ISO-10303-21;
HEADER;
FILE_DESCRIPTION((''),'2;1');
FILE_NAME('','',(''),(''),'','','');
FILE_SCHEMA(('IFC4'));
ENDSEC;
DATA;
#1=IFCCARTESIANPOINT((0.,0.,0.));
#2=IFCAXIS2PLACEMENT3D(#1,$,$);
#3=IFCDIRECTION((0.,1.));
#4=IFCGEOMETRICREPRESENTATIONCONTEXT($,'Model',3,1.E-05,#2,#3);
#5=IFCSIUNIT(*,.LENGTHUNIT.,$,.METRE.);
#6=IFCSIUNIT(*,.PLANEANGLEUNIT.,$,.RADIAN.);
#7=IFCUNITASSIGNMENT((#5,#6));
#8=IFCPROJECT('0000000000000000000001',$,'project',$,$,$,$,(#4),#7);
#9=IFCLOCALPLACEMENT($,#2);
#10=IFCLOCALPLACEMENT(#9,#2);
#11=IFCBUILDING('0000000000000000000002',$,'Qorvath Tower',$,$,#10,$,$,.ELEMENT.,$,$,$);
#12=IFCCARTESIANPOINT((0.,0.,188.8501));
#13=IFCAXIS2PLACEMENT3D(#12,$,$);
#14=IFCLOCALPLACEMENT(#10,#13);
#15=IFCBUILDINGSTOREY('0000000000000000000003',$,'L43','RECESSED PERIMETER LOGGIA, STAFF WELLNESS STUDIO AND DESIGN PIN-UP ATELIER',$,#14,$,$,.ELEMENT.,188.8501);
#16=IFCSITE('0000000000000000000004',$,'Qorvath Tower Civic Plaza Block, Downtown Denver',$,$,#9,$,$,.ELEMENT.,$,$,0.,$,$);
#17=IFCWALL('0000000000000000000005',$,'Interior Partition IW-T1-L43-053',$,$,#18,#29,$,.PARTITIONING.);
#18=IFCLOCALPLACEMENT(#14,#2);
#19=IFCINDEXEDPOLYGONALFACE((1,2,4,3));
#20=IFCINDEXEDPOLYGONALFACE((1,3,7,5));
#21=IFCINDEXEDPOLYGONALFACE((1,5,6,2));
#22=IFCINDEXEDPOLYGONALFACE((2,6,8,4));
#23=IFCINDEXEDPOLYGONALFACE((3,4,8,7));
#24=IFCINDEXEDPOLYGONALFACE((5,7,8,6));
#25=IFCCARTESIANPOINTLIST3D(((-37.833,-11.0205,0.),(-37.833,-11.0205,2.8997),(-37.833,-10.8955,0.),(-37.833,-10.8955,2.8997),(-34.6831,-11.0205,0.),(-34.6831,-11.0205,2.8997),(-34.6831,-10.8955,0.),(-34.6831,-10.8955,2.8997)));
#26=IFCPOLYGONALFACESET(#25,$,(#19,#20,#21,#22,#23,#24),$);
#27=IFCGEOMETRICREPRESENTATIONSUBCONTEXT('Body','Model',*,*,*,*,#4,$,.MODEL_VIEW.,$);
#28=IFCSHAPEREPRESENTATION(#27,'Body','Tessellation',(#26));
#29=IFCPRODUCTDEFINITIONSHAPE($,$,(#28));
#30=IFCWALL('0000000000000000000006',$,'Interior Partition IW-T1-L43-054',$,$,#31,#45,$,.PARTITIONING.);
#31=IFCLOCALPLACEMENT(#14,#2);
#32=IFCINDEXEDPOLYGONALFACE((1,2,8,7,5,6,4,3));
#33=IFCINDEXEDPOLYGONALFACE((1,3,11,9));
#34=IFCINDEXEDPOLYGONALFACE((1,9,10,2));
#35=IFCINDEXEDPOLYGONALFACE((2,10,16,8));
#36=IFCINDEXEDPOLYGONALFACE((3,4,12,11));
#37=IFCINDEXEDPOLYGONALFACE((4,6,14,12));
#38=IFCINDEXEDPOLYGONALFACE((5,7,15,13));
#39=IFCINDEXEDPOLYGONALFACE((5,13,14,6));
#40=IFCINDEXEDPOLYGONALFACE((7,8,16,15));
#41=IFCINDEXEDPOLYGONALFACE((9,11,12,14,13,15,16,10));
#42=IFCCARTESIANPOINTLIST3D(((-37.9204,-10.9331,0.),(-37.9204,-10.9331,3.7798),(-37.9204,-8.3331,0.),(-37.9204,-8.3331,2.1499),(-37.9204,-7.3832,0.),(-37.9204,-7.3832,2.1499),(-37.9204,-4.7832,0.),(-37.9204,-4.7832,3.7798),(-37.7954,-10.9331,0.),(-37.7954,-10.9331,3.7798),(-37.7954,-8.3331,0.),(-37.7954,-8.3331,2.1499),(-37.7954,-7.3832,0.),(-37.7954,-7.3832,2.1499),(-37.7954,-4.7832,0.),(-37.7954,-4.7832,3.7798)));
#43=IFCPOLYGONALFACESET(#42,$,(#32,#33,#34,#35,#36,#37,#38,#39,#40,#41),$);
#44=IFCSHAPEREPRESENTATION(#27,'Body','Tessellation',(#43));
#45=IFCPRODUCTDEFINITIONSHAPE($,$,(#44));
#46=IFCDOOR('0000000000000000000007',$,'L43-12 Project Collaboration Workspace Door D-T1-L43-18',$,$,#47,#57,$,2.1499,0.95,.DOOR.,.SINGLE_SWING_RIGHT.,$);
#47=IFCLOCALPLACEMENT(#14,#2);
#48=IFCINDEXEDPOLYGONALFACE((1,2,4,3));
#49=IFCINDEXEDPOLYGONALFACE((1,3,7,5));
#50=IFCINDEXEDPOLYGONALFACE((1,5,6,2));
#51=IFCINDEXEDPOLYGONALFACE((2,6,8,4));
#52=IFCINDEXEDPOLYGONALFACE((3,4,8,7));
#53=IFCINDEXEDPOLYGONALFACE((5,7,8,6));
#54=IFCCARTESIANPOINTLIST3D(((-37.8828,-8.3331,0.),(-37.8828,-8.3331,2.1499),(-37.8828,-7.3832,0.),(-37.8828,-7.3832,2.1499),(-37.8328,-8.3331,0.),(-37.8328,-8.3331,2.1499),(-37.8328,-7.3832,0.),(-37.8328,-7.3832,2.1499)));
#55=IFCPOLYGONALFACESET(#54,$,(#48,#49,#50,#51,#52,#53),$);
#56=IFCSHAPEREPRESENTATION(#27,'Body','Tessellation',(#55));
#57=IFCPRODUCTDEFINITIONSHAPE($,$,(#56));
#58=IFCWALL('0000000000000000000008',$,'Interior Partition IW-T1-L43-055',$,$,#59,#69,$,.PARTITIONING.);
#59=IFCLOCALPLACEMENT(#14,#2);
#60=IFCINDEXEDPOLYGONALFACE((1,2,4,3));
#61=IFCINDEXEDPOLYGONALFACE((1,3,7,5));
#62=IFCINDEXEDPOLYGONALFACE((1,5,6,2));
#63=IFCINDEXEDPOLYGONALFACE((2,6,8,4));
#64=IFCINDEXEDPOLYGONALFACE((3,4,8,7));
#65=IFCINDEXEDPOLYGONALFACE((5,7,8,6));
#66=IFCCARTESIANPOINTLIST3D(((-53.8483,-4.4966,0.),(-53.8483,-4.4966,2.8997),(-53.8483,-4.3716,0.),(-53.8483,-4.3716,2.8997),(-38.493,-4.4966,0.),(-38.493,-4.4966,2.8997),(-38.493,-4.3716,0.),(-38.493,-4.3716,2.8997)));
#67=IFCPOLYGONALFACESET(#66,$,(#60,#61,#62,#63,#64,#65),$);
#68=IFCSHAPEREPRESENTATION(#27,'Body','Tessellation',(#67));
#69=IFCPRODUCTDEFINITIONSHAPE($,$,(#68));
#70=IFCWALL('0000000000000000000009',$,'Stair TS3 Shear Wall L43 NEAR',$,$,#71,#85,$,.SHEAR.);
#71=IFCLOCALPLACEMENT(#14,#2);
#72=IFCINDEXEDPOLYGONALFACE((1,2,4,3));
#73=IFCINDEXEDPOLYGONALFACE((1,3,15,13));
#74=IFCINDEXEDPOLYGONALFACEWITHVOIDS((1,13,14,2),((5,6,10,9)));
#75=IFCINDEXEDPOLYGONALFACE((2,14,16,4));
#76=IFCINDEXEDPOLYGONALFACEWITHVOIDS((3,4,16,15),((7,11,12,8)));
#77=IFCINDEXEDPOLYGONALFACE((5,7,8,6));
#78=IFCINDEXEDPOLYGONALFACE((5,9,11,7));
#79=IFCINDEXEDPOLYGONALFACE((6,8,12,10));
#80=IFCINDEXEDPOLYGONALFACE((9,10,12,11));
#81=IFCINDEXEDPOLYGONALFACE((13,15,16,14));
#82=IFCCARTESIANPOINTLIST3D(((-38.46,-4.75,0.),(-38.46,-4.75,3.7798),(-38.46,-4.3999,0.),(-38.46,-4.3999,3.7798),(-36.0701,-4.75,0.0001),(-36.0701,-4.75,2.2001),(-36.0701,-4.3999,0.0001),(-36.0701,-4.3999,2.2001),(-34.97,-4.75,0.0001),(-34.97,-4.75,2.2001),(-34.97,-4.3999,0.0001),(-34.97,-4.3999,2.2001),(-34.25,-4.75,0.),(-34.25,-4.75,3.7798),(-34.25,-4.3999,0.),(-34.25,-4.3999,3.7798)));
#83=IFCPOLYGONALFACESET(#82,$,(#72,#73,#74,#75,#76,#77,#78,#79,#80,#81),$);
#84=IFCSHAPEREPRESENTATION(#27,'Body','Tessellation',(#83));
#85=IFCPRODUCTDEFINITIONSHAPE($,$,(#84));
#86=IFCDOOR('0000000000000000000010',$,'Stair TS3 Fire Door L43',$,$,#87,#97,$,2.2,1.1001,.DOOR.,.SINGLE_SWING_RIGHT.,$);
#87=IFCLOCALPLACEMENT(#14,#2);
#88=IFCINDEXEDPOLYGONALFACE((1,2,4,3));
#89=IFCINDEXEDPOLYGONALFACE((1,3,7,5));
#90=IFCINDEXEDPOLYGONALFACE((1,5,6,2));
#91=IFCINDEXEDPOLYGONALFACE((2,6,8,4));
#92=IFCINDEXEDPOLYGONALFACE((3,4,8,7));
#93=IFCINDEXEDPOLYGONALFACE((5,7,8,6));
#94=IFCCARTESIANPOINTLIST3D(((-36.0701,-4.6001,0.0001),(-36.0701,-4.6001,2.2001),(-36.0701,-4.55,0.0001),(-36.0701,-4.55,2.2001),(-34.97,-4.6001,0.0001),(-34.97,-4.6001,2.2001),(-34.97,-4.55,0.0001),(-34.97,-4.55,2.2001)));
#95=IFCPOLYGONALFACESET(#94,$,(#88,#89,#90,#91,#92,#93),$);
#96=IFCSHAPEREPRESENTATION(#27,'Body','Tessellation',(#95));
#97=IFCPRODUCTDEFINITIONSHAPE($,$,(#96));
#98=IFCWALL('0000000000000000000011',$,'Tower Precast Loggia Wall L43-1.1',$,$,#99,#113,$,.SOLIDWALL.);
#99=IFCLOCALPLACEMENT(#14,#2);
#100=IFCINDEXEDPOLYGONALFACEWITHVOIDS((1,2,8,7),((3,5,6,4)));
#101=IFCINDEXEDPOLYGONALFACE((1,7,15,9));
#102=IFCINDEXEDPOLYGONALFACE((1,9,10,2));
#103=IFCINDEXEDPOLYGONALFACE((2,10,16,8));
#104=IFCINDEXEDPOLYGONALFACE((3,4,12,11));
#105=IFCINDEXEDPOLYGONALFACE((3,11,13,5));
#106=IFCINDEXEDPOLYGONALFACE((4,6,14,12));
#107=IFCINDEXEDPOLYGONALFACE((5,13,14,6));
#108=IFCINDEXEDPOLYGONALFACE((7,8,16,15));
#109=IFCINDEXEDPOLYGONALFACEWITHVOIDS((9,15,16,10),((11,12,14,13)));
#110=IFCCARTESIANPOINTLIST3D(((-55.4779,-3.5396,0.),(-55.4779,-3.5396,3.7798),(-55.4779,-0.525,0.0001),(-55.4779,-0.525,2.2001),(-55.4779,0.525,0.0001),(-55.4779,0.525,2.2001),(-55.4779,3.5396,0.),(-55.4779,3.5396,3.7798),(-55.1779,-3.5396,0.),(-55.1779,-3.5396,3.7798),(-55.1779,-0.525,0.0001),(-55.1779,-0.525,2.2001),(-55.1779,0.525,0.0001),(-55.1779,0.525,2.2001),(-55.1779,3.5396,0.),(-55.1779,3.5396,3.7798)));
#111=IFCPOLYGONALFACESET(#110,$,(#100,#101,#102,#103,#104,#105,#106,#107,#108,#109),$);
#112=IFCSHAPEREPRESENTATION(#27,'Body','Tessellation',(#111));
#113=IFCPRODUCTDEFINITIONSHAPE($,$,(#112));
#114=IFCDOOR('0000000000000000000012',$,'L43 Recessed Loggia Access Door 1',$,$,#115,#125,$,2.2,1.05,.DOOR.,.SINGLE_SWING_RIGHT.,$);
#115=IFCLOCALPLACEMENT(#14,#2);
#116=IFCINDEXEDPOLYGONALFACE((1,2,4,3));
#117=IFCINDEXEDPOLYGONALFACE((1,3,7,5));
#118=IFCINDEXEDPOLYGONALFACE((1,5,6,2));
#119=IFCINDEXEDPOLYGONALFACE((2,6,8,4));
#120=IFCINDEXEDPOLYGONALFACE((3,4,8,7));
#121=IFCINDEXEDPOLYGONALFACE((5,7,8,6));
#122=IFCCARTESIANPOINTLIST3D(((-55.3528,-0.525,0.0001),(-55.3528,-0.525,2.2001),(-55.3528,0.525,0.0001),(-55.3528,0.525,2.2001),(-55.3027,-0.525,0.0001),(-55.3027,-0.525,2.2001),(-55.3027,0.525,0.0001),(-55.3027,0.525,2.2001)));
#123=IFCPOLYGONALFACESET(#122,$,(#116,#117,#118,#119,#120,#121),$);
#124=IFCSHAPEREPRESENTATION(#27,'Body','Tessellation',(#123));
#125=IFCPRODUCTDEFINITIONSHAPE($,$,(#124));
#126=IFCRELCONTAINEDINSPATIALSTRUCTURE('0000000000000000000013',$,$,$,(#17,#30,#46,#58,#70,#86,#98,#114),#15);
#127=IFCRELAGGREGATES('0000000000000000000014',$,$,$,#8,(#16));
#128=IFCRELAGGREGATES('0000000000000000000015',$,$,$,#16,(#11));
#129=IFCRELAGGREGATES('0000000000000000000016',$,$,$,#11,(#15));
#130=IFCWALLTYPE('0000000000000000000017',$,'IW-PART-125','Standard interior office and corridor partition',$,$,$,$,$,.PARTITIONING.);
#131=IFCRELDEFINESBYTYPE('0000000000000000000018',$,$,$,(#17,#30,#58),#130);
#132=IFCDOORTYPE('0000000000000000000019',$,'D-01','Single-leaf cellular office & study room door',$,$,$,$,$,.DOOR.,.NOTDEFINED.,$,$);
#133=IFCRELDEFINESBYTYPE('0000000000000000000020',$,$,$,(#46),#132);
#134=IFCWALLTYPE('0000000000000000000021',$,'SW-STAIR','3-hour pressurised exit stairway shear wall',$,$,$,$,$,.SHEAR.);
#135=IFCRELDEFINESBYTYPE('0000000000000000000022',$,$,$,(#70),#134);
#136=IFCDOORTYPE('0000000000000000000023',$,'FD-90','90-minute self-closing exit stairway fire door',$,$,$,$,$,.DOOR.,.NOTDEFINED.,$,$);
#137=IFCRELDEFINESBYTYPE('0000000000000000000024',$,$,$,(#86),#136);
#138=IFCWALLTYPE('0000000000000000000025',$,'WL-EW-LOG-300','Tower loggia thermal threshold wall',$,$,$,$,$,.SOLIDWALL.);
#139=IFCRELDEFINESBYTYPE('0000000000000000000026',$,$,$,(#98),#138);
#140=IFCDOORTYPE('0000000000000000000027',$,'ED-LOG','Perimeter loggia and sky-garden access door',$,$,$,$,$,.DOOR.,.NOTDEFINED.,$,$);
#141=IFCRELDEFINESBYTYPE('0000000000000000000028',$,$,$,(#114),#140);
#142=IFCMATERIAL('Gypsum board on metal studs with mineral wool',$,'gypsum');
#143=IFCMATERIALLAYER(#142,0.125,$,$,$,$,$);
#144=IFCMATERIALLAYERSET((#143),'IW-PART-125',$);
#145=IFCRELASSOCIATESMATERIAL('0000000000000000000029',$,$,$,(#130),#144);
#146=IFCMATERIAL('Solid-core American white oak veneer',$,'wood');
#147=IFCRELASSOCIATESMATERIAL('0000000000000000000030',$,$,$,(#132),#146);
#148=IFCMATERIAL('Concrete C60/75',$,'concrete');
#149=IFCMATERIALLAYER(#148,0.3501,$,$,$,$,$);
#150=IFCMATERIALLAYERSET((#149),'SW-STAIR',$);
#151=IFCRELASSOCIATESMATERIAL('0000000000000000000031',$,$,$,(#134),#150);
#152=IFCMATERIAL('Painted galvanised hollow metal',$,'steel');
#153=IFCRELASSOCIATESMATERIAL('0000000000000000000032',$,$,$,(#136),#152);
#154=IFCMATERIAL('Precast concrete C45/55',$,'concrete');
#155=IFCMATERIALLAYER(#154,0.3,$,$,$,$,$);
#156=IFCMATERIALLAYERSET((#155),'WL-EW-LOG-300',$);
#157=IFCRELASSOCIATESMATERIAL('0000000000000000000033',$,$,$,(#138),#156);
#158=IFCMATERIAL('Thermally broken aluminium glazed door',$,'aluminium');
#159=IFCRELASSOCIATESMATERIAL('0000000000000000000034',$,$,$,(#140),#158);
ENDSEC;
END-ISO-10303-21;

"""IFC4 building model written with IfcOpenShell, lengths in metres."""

from ifc_helpers import new_model, si_unit, direction, frame, frame_2d, origin, place, context, subcontext, project, spatial, rectangle, extrude, material, layer, layer_set, type_object, element, fill, save


model = new_model("IFC4")

# Units and contexts
model_context = context("Model", 3, precision=1e-05, world=origin(), true_north=direction((0.0, 1.0)))
body_context = subcontext(model_context, "Body", "Model", "MODEL_VIEW")
ifc_project = project(units=[si_unit("LENGTHUNIT", "METRE"), si_unit("PLANEANGLEUNIT", "RADIAN")], contexts=[model_context])

# Site, building, storey
site_placement = place(None, origin())
site = spatial("IfcSite", under=ifc_project, at=site_placement, Name="Qorvath Tower Civic Plaza Block, Downtown Denver", CompositionType="ELEMENT", RefElevation=0.0)
building_placement = place(site_placement, origin())
building = spatial("IfcBuilding", under=site, at=building_placement, Name="Qorvath Tower", CompositionType="ELEMENT")
storey_placement = place(building_placement, frame((0.0, 0.0, 188.8501)))
storey = spatial("IfcBuildingStorey", under=building, at=storey_placement, Name="L43", Description="RECESSED PERIMETER LOGGIA, STAFF WELLNESS STUDIO AND DESIGN PIN-UP ATELIER", CompositionType="ELEMENT", Elevation=188.8501)

# Wall
ifc_material_1 = material(Name="Gypsum board on metal studs with mineral wool", Category="gypsum")
ifc_layer_1 = layer(ifc_material_1, 0.125)
ifc_layer_set_1 = layer_set([ifc_layer_1], Name="IW-PART-125")
wall_type_1 = type_object("IfcWallType", Name="IW-PART-125", Description="Standard interior office and corridor partition", PredefinedType="PARTITIONING", material=ifc_layer_set_1)
wall_1_placement = place(storey_placement, frame((-37.833, -10.958, 0.0), z_axis=(0.0, 0.0, 1.0), x_axis=(1.0, 0.0, 0.0)))
element("IfcWall", 1, at=wall_1_placement, inside=storey, type_object=wall_type_1, Name="Interior Partition IW-T1-L43-053", PredefinedType="PARTITIONING", context=body_context, shape_type="SweptSolid", body=[
    extrude(rectangle(XDim=3.1499, YDim=0.125, at=frame_2d((1.575, 0.0))), origin(), (0.0, 0.0, 1.0), 2.8997),
])

# Wall, opening, door
wall_2_placement = place(storey_placement, frame((-37.8579, -10.9331, 0.0), z_axis=(0.0, 0.0, 1.0), x_axis=(0.0, 1.0, 0.0)))
wall_2 = element("IfcWall", 2, at=wall_2_placement, inside=storey, type_object=wall_type_1, Name="Interior Partition IW-T1-L43-054", PredefinedType="PARTITIONING", context=body_context, shape_type="SweptSolid", body=[
    extrude(rectangle(XDim=6.1499, YDim=0.125, at=frame_2d((3.075, 0.0))), origin(), (0.0, 0.0, 1.0), 3.7798),
])
opening_1_placement = place(wall_2_placement, frame((2.5999, 0.0, 0.0)))
opening_1 = element("IfcOpeningElement", 3, at=opening_1_placement, cuts=wall_2, PredefinedType="OPENING", context=body_context, shape_type="SweptSolid", body=[
    extrude(rectangle(XDim=0.95, YDim=2.1499, at=frame_2d((0.4751, 1.075))), frame((0.0, 0.0725, 0.0), z_axis=(0.0, -1.0, 0.0), x_axis=(1.0, 0.0, 0.0)), (0.0, 0.0, 1.0), 0.145),
])
ifc_material_2 = material(Name="Solid-core American white oak veneer", Category="wood")
door_type_1 = type_object("IfcDoorType", Name="D-01", Description="Single-leaf cellular office & study room door", OperationType="NOTDEFINED", PredefinedType="DOOR", material=ifc_material_2)
door_1_placement = place(opening_1_placement, origin())
door_1 = element("IfcDoor", 4, at=door_1_placement, inside=storey, type_object=door_type_1, Name="L43-12 Project Collaboration Workspace Door D-T1-L43-18", OperationType="SINGLE_SWING_RIGHT", OverallHeight=2.1499, OverallWidth=0.95, PredefinedType="DOOR", context=body_context, shape_type="SweptSolid", body=[
    extrude(rectangle(XDim=0.95, YDim=2.1499, at=frame_2d((0.4751, 1.075))), frame((0.0, 0.0249, 0.0), z_axis=(0.0, -1.0, 0.0), x_axis=(1.0, 0.0, 0.0)), (0.0, 0.0, 1.0), 0.05),
])
fill(opening_1, door_1)

# Wall
wall_3_placement = place(storey_placement, frame((-38.4929, -4.4341, 0.0), z_axis=(0.0, 0.0, 1.0), x_axis=(-1.0, 0.0, 0.0)))
element("IfcWall", 5, at=wall_3_placement, inside=storey, type_object=wall_type_1, Name="Interior Partition IW-T1-L43-055", PredefinedType="PARTITIONING", context=body_context, shape_type="SweptSolid", body=[
    extrude(rectangle(XDim=15.3552, YDim=0.125, at=frame_2d((7.6777, 0.0))), origin(), (0.0, 0.0, 1.0), 2.8997),
])

# Walls, openings, doors
ifc_material_3 = material(Name="Concrete C60/75", Category="concrete")
ifc_layer_2 = layer(ifc_material_3, 0.3501)
ifc_layer_set_2 = layer_set([ifc_layer_2], Name="SW-STAIR")
wall_type_2 = type_object("IfcWallType", Name="SW-STAIR", Description="3-hour pressurised exit stairway shear wall", PredefinedType="SHEAR", material=ifc_layer_set_2)
wall_4_placement = place(storey_placement, frame((-38.46, -4.575, 0.0), z_axis=(0.0, 0.0, 1.0), x_axis=(1.0, 0.0, 0.0)))
wall_4 = element("IfcWall", 6, at=wall_4_placement, inside=storey, type_object=wall_type_2, Name="Stair TS3 Shear Wall L43 NEAR", PredefinedType="SHEAR", context=body_context, shape_type="SweptSolid", body=[
    extrude(rectangle(XDim=4.21, YDim=0.3501, at=frame_2d((2.105, 0.0))), origin(), (0.0, 0.0, 1.0), 3.7798),
])
opening_2_placement = place(wall_4_placement, frame((2.3899, 0.0, 0.0)))
opening_2 = element("IfcOpeningElement", 7, at=opening_2_placement, cuts=wall_4, PredefinedType="OPENING", context=body_context, shape_type="SweptSolid", body=[
    extrude(rectangle(XDim=1.1001, YDim=2.2, at=frame_2d((0.55, 1.1001))), frame((0.0, 0.1851, 0.0), z_axis=(0.0, -1.0, 0.0), x_axis=(1.0, 0.0, 0.0)), (0.0, 0.0, 1.0), 0.3701),
])
ifc_material_4 = material(Name="Painted galvanised hollow metal", Category="steel")
door_type_2 = type_object("IfcDoorType", Name="FD-90", Description="90-minute self-closing exit stairway fire door", OperationType="NOTDEFINED", PredefinedType="DOOR", material=ifc_material_4)
door_2_placement = place(opening_2_placement, origin())
door_2 = element("IfcDoor", 8, at=door_2_placement, inside=storey, type_object=door_type_2, Name="Stair TS3 Fire Door L43", OperationType="SINGLE_SWING_RIGHT", OverallHeight=2.2, OverallWidth=1.1001, PredefinedType="DOOR", context=body_context, shape_type="SweptSolid", body=[
    extrude(rectangle(XDim=1.1001, YDim=2.2, at=frame_2d((0.55, 1.1001))), frame((0.0, 0.0249, 0.0), z_axis=(0.0, -1.0, 0.0), x_axis=(1.0, 0.0, 0.0)), (0.0, 0.0, 1.0), 0.05),
])
fill(opening_2, door_2)
ifc_material_5 = material(Name="Precast concrete C45/55", Category="concrete")
ifc_layer_3 = layer(ifc_material_5, 0.3)
ifc_layer_set_3 = layer_set([ifc_layer_3], Name="WL-EW-LOG-300")
wall_type_3 = type_object("IfcWallType", Name="WL-EW-LOG-300", Description="Tower loggia thermal threshold wall", PredefinedType="SOLIDWALL", material=ifc_layer_set_3)
wall_5_placement = place(storey_placement, frame((-55.3279, -3.5396, 0.0), z_axis=(0.0, 0.0, 1.0), x_axis=(0.0, 1.0, 0.0)))
wall_5 = element("IfcWall", 9, at=wall_5_placement, inside=storey, type_object=wall_type_3, Name="Tower Precast Loggia Wall L43-1.1", PredefinedType="SOLIDWALL", context=body_context, shape_type="SweptSolid", body=[
    extrude(rectangle(XDim=7.0791, YDim=0.3, at=frame_2d((3.5396, 0.0))), origin(), (0.0, 0.0, 1.0), 3.7798),
])
opening_3_placement = place(wall_5_placement, frame((3.0146, 0.0, 0.0)))
opening_3 = element("IfcOpeningElement", 10, at=opening_3_placement, cuts=wall_5, PredefinedType="OPENING", context=body_context, shape_type="SweptSolid", body=[
    extrude(rectangle(XDim=1.05, YDim=2.2, at=frame_2d((0.5249, 1.1001))), frame((0.0, 0.1602, 0.0), z_axis=(0.0, -1.0, 0.0), x_axis=(1.0, 0.0, 0.0)), (0.0, 0.0, 1.0), 0.3201),
])
ifc_material_6 = material(Name="Thermally broken aluminium glazed door", Category="aluminium")
door_type_3 = type_object("IfcDoorType", Name="ED-LOG", Description="Perimeter loggia and sky-garden access door", OperationType="NOTDEFINED", PredefinedType="DOOR", material=ifc_material_6)
door_3_placement = place(opening_3_placement, origin())
door_3 = element("IfcDoor", 11, at=door_3_placement, inside=storey, type_object=door_type_3, Name="L43 Recessed Loggia Access Door 1", OperationType="SINGLE_SWING_RIGHT", OverallHeight=2.2, OverallWidth=1.05, PredefinedType="DOOR", context=body_context, shape_type="SweptSolid", body=[
    extrude(rectangle(XDim=1.05, YDim=2.2, at=frame_2d((0.5249, 1.1001))), frame((0.0, 0.0249, 0.0), z_axis=(0.0, -1.0, 0.0), x_axis=(1.0, 0.0, 0.0)), (0.0, 0.0, 1.0), 0.05),
])
fill(opening_3, door_3)

save(model, "model.ifc")
